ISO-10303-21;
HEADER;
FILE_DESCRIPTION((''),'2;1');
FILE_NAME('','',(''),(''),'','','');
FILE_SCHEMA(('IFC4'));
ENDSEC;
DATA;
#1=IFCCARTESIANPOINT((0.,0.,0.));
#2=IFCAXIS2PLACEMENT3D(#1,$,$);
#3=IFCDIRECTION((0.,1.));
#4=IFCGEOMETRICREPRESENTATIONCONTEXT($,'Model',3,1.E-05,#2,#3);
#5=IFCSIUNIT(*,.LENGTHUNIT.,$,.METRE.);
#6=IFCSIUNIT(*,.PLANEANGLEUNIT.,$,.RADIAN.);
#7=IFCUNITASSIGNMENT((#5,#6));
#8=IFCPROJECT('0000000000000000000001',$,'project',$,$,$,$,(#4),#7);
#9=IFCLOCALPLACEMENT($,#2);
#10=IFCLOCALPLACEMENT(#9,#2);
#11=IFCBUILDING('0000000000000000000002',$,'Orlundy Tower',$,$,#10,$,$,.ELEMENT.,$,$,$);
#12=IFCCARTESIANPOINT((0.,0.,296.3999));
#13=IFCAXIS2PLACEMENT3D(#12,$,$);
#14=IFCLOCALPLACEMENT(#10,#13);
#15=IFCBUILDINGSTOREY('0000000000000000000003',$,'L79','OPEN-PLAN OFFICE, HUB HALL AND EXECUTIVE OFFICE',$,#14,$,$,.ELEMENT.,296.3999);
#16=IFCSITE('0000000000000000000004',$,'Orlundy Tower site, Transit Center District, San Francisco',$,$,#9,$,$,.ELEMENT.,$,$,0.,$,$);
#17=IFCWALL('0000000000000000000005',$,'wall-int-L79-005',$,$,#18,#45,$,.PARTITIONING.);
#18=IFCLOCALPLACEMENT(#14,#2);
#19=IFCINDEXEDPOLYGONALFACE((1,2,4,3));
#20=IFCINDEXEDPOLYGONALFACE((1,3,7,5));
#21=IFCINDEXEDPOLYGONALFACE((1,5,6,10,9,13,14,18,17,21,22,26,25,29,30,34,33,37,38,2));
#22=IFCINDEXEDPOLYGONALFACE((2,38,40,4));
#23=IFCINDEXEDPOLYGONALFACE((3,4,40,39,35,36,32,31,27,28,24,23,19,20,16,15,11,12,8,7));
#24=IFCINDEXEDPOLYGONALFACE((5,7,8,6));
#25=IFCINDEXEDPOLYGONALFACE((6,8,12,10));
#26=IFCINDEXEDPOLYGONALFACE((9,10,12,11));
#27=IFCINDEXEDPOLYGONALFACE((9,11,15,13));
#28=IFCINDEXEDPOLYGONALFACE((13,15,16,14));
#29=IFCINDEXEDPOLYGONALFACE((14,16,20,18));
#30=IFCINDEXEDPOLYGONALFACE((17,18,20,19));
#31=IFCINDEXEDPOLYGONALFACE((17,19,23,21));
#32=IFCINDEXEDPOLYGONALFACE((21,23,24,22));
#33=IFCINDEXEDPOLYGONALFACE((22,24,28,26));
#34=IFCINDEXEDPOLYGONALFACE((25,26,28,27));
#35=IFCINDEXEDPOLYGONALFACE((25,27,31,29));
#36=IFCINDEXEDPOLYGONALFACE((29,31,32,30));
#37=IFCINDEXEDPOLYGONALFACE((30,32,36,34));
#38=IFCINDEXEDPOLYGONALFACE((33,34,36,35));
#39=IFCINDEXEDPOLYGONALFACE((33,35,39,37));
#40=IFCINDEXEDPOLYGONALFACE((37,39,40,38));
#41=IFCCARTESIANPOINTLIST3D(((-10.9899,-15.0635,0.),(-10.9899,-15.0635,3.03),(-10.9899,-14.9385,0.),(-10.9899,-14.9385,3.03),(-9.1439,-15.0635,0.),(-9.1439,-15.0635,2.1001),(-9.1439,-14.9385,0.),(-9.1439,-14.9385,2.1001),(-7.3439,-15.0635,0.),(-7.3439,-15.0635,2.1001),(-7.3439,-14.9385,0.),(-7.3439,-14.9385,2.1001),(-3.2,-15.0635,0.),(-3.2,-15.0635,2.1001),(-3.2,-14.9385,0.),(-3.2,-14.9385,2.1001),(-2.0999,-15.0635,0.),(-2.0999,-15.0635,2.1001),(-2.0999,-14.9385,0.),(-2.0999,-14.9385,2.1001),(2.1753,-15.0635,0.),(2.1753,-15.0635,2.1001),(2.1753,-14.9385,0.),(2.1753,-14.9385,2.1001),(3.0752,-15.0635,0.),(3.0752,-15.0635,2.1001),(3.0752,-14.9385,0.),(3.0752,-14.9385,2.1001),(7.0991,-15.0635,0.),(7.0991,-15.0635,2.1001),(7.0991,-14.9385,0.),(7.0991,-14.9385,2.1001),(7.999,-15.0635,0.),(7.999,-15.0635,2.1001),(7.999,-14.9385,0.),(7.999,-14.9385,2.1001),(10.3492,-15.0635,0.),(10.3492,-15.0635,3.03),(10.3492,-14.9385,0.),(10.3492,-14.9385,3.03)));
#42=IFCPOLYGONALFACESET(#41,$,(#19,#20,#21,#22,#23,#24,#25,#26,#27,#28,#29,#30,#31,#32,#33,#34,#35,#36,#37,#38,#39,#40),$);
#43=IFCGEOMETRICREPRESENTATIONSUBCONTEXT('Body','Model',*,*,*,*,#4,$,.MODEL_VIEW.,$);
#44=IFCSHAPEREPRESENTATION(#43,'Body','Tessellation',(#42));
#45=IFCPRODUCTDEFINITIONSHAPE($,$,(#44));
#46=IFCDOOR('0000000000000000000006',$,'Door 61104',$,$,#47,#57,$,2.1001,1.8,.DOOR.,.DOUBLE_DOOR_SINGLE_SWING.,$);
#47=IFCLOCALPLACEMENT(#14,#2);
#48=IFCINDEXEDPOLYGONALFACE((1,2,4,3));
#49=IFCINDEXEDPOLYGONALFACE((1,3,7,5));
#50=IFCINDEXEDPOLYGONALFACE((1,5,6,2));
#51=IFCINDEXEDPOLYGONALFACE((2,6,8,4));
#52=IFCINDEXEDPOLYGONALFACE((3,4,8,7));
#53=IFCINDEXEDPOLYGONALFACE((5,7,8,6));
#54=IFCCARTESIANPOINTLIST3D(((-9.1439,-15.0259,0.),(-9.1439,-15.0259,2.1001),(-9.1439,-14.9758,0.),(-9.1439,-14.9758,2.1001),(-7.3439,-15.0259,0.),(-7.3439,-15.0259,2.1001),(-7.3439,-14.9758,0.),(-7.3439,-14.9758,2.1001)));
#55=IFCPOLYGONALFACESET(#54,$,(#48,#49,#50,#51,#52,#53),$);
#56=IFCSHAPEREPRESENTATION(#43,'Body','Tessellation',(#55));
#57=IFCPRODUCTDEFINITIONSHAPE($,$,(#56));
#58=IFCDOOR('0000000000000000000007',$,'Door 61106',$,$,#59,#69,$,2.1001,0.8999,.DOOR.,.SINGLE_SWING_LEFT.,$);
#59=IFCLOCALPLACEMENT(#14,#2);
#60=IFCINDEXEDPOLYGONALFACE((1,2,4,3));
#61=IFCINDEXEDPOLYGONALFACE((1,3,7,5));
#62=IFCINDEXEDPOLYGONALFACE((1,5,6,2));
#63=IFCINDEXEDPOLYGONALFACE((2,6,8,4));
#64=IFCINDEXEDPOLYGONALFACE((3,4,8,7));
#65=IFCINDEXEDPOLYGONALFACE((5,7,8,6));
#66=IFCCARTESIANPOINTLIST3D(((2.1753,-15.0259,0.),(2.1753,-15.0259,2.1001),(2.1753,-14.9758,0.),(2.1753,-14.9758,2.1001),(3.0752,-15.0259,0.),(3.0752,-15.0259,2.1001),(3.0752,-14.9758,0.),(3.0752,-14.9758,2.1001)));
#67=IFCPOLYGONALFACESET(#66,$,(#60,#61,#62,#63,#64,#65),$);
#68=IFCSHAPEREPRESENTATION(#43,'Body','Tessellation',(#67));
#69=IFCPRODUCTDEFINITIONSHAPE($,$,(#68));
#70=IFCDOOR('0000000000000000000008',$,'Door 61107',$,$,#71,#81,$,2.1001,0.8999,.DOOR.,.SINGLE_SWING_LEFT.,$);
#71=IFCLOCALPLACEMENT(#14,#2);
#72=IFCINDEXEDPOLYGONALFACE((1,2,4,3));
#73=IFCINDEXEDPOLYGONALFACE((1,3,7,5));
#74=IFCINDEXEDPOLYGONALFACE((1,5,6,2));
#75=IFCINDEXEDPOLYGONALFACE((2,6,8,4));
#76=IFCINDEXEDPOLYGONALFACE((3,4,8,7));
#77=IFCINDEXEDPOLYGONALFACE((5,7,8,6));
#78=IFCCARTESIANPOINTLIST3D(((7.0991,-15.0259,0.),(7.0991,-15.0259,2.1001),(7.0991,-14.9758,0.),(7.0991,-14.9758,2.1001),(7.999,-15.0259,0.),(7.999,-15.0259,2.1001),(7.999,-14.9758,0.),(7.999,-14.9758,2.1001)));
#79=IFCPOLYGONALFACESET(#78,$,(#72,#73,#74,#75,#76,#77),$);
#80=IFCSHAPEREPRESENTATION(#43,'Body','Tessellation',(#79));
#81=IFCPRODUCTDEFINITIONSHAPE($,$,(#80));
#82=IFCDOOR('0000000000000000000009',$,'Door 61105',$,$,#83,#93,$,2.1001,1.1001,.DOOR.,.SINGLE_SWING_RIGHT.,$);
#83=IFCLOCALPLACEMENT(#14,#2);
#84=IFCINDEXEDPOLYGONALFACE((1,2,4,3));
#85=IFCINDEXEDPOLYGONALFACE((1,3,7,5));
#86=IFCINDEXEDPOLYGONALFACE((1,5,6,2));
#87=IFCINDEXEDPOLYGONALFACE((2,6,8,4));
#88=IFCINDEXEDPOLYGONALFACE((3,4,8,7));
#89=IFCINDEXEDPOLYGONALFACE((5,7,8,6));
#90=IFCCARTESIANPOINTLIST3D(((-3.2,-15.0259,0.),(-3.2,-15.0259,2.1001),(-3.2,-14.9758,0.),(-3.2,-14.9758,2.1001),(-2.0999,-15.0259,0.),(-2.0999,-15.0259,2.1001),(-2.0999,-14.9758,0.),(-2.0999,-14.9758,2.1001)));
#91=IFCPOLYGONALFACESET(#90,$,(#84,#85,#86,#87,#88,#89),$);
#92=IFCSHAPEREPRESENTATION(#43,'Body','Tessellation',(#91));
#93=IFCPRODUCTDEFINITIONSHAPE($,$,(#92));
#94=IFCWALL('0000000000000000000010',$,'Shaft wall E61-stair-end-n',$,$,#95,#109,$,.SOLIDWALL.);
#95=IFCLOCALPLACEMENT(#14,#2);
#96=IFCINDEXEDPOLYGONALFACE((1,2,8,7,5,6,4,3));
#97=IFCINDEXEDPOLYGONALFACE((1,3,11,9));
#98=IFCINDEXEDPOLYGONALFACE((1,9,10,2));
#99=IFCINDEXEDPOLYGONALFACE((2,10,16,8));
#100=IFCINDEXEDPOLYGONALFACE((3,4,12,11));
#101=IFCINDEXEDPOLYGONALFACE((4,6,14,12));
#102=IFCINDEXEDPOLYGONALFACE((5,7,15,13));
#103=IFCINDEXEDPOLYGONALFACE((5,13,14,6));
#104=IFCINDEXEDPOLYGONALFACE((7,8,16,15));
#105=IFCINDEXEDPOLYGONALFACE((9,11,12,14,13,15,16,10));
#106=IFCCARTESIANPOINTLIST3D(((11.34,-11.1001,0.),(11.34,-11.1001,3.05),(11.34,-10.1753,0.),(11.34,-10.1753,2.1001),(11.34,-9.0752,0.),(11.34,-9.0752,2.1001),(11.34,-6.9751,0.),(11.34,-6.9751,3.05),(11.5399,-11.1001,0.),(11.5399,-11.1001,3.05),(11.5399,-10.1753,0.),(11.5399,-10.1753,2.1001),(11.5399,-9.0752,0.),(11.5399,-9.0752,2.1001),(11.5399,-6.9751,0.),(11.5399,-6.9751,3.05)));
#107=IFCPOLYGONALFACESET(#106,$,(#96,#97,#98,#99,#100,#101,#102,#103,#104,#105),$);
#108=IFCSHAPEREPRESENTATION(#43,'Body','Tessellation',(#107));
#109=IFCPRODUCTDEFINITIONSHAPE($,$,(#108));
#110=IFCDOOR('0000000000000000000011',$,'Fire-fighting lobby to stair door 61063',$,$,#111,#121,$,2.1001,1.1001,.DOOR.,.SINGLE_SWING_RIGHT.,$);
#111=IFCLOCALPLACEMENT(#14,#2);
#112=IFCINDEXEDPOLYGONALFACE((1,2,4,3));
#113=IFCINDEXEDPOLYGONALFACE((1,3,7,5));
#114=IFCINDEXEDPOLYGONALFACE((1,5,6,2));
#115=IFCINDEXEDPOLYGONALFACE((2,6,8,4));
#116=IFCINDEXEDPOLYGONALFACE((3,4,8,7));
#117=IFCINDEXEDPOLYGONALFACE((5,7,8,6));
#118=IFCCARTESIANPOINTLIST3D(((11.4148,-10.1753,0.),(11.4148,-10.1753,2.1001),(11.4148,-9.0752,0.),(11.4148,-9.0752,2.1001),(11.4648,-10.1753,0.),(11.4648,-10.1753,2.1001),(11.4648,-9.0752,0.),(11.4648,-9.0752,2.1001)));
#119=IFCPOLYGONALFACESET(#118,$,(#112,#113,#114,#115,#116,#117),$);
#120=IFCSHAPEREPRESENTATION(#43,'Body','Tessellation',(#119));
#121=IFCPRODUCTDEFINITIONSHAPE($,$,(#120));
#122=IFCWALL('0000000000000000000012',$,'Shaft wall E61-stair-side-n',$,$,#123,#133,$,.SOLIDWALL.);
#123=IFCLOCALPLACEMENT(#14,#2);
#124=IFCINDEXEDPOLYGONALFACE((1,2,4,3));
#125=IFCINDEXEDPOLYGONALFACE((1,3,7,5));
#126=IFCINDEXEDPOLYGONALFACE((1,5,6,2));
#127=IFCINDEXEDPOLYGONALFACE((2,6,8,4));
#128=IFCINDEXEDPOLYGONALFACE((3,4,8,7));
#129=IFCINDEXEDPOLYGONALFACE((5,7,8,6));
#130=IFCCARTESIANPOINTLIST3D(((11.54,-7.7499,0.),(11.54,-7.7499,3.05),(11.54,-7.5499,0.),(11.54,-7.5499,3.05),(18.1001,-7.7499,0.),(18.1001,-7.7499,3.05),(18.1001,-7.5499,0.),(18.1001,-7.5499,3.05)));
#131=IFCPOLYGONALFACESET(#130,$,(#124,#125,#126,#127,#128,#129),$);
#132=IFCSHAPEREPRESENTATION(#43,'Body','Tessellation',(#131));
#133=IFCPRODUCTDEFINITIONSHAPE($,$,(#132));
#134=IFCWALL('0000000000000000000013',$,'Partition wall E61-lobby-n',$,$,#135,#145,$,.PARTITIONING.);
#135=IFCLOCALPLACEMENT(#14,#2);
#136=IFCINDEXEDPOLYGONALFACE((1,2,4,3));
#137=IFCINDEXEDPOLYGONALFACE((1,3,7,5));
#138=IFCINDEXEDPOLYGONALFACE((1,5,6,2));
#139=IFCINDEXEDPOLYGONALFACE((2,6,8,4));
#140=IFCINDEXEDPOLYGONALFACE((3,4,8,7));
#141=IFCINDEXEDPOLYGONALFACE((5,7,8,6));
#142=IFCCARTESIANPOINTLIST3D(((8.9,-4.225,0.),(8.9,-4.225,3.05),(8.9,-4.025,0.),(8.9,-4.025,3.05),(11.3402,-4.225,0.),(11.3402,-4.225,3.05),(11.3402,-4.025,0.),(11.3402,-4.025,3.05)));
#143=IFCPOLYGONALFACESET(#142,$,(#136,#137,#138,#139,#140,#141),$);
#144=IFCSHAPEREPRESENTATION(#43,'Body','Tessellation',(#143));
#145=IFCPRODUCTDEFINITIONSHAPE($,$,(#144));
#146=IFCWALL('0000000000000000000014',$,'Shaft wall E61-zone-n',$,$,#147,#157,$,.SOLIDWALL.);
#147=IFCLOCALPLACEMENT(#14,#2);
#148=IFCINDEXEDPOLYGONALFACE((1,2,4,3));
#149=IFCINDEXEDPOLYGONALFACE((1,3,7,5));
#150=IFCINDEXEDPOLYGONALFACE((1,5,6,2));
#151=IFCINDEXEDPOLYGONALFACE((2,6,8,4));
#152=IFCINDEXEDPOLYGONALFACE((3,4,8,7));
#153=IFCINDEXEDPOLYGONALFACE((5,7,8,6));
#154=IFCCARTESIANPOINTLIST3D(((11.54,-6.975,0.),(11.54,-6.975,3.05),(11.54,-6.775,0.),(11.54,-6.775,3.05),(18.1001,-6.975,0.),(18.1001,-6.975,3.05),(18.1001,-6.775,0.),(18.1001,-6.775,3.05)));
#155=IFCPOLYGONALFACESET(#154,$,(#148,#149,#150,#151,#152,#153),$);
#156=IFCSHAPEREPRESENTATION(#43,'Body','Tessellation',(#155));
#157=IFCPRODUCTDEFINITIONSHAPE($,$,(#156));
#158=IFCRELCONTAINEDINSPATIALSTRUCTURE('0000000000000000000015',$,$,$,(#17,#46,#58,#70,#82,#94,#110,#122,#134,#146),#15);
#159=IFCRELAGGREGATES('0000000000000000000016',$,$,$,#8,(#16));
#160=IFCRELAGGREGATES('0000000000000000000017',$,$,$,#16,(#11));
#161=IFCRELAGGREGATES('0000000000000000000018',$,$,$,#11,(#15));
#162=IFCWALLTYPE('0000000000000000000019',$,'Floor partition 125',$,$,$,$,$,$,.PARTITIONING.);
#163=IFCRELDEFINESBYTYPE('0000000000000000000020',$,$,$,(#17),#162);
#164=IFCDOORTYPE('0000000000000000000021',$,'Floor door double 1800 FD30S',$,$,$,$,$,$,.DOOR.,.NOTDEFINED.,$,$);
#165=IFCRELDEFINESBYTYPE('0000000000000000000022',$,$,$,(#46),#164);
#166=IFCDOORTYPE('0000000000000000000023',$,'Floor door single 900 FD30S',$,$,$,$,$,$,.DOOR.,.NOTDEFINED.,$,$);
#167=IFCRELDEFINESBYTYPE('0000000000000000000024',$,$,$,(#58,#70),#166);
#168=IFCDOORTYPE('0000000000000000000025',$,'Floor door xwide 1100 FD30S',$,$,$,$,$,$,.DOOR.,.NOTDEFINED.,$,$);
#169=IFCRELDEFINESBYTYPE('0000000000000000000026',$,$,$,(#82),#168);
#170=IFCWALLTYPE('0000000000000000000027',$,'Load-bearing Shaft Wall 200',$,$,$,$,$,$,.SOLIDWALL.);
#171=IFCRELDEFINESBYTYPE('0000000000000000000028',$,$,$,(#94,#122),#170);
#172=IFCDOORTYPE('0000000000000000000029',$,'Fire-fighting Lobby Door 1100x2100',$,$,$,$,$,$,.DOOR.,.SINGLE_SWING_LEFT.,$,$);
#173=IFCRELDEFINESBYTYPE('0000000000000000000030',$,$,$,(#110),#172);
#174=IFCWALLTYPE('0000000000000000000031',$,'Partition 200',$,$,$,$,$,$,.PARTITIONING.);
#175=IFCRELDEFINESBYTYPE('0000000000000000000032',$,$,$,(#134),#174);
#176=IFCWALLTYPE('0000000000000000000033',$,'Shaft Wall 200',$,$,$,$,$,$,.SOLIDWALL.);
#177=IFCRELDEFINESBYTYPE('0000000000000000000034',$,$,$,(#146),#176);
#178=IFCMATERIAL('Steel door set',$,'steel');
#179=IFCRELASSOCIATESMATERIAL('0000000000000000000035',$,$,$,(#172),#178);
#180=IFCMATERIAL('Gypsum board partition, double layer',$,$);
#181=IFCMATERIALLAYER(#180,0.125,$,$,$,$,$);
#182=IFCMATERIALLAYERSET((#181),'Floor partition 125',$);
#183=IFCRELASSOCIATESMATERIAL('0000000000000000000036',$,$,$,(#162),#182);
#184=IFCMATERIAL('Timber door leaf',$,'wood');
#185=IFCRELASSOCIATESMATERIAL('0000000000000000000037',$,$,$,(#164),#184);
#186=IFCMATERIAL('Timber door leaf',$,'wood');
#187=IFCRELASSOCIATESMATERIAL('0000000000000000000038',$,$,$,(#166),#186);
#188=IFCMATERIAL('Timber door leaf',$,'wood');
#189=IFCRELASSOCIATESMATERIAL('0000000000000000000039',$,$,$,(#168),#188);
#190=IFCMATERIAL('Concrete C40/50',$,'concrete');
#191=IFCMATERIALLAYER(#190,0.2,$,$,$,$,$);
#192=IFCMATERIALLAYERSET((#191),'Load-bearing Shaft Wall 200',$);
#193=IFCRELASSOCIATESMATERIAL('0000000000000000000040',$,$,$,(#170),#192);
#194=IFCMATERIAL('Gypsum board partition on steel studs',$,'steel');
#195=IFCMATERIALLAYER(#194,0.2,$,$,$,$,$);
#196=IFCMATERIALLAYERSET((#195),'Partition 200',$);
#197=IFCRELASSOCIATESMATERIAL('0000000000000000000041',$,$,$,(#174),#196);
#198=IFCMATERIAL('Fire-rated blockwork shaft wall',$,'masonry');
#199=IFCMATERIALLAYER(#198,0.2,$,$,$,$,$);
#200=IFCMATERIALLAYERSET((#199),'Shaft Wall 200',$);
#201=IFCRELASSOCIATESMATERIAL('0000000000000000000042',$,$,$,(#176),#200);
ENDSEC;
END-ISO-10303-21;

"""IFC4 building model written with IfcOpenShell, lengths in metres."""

from ifc_helpers import new_model, si_unit, direction, frame, frame_2d, origin, place, context, subcontext, project, spatial, rectangle, extrude, material, layer, layer_set, type_object, element, fill, save


model = new_model("IFC4")

# Units and contexts
model_context = context("Model", 3, precision=1e-05, world=origin(), true_north=direction((0.0, 1.0)))
body_context = subcontext(model_context, "Body", "Model", "MODEL_VIEW")
ifc_project = project(units=[si_unit("LENGTHUNIT", "METRE"), si_unit("PLANEANGLEUNIT", "RADIAN")], contexts=[model_context])

# Site, building, storey
site_placement = place(None, origin())
site = spatial("IfcSite", under=ifc_project, at=site_placement, Name="Orlundy Tower site, Transit Center District, San Francisco", CompositionType="ELEMENT", RefElevation=0.0)
building_placement = place(site_placement, origin())
building = spatial("IfcBuilding", under=site, at=building_placement, Name="Orlundy Tower", CompositionType="ELEMENT")
storey_placement = place(building_placement, frame((0.0, 0.0, 296.3999)))
storey = spatial("IfcBuildingStorey", under=building, at=storey_placement, Name="L79", Description="OPEN-PLAN OFFICE, HUB HALL AND EXECUTIVE OFFICE", CompositionType="ELEMENT", Elevation=296.3999)

# Wall, openings, doors
ifc_material_1 = material(Name="Steel door set", Category="steel")
door_type_1 = type_object("IfcDoorType", Name="Fire-fighting Lobby Door 1100x2100", OperationType="SINGLE_SWING_LEFT", PredefinedType="DOOR", material=ifc_material_1)
ifc_material_2 = material(Name="Gypsum board partition, double layer")
ifc_layer_1 = layer(ifc_material_2, 0.125)
ifc_layer_set_1 = layer_set([ifc_layer_1], Name="Floor partition 125")
wall_type_1 = type_object("IfcWallType", Name="Floor partition 125", PredefinedType="PARTITIONING", material=ifc_layer_set_1)
wall_1_placement = place(storey_placement, frame((10.3491, -15.001, 0.0), z_axis=(0.0, 0.0, 1.0), x_axis=(-1.0, 0.0, 0.0)))
wall_1 = element("IfcWall", 1, at=wall_1_placement, inside=storey, type_object=wall_type_1, Name="wall-int-L79-005", PredefinedType="PARTITIONING", context=body_context, shape_type="SweptSolid", body=[
    extrude(rectangle(XDim=21.3391, YDim=0.125, at=frame_2d((10.6694, 0.0))), origin(), (0.0, 0.0, 1.0), 3.03),
])
opening_1_placement = place(wall_1_placement, frame((17.6931, 0.0, 0.0)))
opening_1 = element("IfcOpeningElement", 2, at=opening_1_placement, cuts=wall_1, PredefinedType="OPENING", context=body_context, shape_type="SweptSolid", body=[
    extrude(rectangle(XDim=1.8, YDim=2.1001, at=frame_2d((0.8999, 1.05))), frame((0.0, 0.0725, 0.0), z_axis=(0.0, -1.0, 0.0), x_axis=(1.0, 0.0, 0.0)), (0.0, 0.0, 1.0), 0.145),
])
opening_2_placement = place(wall_1_placement, frame((12.449, 0.0, 0.0)))
opening_2 = element("IfcOpeningElement", 3, at=opening_2_placement, cuts=wall_1, PredefinedType="OPENING", context=body_context, shape_type="SweptSolid", body=[
    extrude(rectangle(XDim=1.1001, YDim=2.1001, at=frame_2d((0.55, 1.05))), frame((0.0, 0.0725, 0.0), z_axis=(0.0, -1.0, 0.0), x_axis=(1.0, 0.0, 0.0)), (0.0, 0.0, 1.0), 0.145),
])
opening_3_placement = place(wall_1_placement, frame((7.2739, 0.0, 0.0)))
opening_3 = element("IfcOpeningElement", 4, at=opening_3_placement, cuts=wall_1, PredefinedType="OPENING", context=body_context, shape_type="SweptSolid", body=[
    extrude(rectangle(XDim=0.8999, YDim=2.1001, at=frame_2d((0.45, 1.05))), frame((0.0, 0.0725, 0.0), z_axis=(0.0, -1.0, 0.0), x_axis=(1.0, 0.0, 0.0)), (0.0, 0.0, 1.0), 0.145),
])
opening_4_placement = place(wall_1_placement, frame((2.3501, 0.0, 0.0)))
opening_4 = element("IfcOpeningElement", 5, at=opening_4_placement, cuts=wall_1, PredefinedType="OPENING", context=body_context, shape_type="SweptSolid", body=[
    extrude(rectangle(XDim=0.8999, YDim=2.1001, at=frame_2d((0.45, 1.05))), frame((0.0, 0.0725, 0.0), z_axis=(0.0, -1.0, 0.0), x_axis=(1.0, 0.0, 0.0)), (0.0, 0.0, 1.0), 0.145),
])
ifc_material_3 = material(Name="Timber door leaf", Category="wood")
door_type_2 = type_object("IfcDoorType", Name="Floor door double 1800 FD30S", OperationType="NOTDEFINED", PredefinedType="DOOR", material=ifc_material_3)
door_1_placement = place(opening_1_placement, origin())
door_1 = element("IfcDoor", 6, at=door_1_placement, inside=storey, type_object=door_type_2, Name="Door 61104", OperationType="DOUBLE_DOOR_SINGLE_SWING", OverallHeight=2.1001, OverallWidth=1.8, PredefinedType="DOOR", context=body_context, shape_type="SweptSolid", body=[
    extrude(rectangle(XDim=1.8, YDim=2.1001, at=frame_2d((0.8999, 1.05))), frame((0.0, 0.0249, 0.0), z_axis=(0.0, -1.0, 0.0), x_axis=(1.0, 0.0, 0.0)), (0.0, 0.0, 1.0), 0.05),
])
fill(opening_1, door_1)
ifc_material_4 = material(Name="Timber door leaf", Category="wood")
door_type_3 = type_object("IfcDoorType", Name="Floor door single 900 FD30S", OperationType="NOTDEFINED", PredefinedType="DOOR", material=ifc_material_4)
door_2_placement = place(opening_3_placement, origin())
door_2 = element("IfcDoor", 7, at=door_2_placement, inside=storey, type_object=door_type_3, Name="Door 61106", OperationType="SINGLE_SWING_LEFT", OverallHeight=2.1001, OverallWidth=0.8999, PredefinedType="DOOR", context=body_context, shape_type="SweptSolid", body=[
    extrude(rectangle(XDim=0.8999, YDim=2.1001, at=frame_2d((0.45, 1.05))), frame((0.0, 0.0249, 0.0), z_axis=(0.0, -1.0, 0.0), x_axis=(1.0, 0.0, 0.0)), (0.0, 0.0, 1.0), 0.05),
])
fill(opening_3, door_2)
door_3_placement = place(opening_4_placement, origin())
door_3 = element("IfcDoor", 8, at=door_3_placement, inside=storey, type_object=door_type_3, Name="Door 61107", OperationType="SINGLE_SWING_LEFT", OverallHeight=2.1001, OverallWidth=0.8999, PredefinedType="DOOR", context=body_context, shape_type="SweptSolid", body=[
    extrude(rectangle(XDim=0.8999, YDim=2.1001, at=frame_2d((0.45, 1.05))), frame((0.0, 0.0249, 0.0), z_axis=(0.0, -1.0, 0.0), x_axis=(1.0, 0.0, 0.0)), (0.0, 0.0, 1.0), 0.05),
])
fill(opening_4, door_3)
ifc_material_5 = material(Name="Timber door leaf", Category="wood")
door_type_4 = type_object("IfcDoorType", Name="Floor door xwide 1100 FD30S", OperationType="NOTDEFINED", PredefinedType="DOOR", material=ifc_material_5)
door_4_placement = place(opening_2_placement, origin())
door_4 = element("IfcDoor", 9, at=door_4_placement, inside=storey, type_object=door_type_4, Name="Door 61105", OperationType="SINGLE_SWING_RIGHT", OverallHeight=2.1001, OverallWidth=1.1001, PredefinedType="DOOR", context=body_context, shape_type="SweptSolid", body=[
    extrude(rectangle(XDim=1.1001, YDim=2.1001, at=frame_2d((0.55, 1.05))), frame((0.0, 0.0249, 0.0), z_axis=(0.0, -1.0, 0.0), x_axis=(1.0, 0.0, 0.0)), (0.0, 0.0, 1.0), 0.05),
])
fill(opening_2, door_4)

# Wall, opening, door
ifc_material_6 = material(Name="Concrete C40/50", Category="concrete")
ifc_layer_2 = layer(ifc_material_6, 0.2)
ifc_layer_set_2 = layer_set([ifc_layer_2], Name="Load-bearing Shaft Wall 200")
wall_type_2 = type_object("IfcWallType", Name="Load-bearing Shaft Wall 200", PredefinedType="SOLIDWALL", material=ifc_layer_set_2)
wall_2_placement = place(storey_placement, frame((11.4399, -6.9751, 0.0), z_axis=(0.0, 0.0, 1.0), x_axis=(0.0, -1.0, 0.0)))
wall_2 = element("IfcWall", 10, at=wall_2_placement, inside=storey, type_object=wall_type_2, Name="Shaft wall E61-stair-end-n", PredefinedType="SOLIDWALL", context=body_context, shape_type="SweptSolid", body=[
    extrude(rectangle(XDim=4.125, YDim=0.2, at=frame_2d((2.0625, 0.0))), origin(), (0.0, 0.0, 1.0), 3.05),
])
opening_5_placement = place(wall_2_placement, frame((2.1001, 0.0, 0.0)))
opening_5 = element("IfcOpeningElement", 11, at=opening_5_placement, cuts=wall_2, PredefinedType="OPENING", context=body_context, shape_type="SweptSolid", body=[
    extrude(rectangle(XDim=1.1001, YDim=2.1001, at=frame_2d((0.55, 1.05))), frame((0.0, 0.1101, 0.0), z_axis=(0.0, -1.0, 0.0), x_axis=(1.0, 0.0, 0.0)), (0.0, 0.0, 1.0), 0.2202),
])
door_5_placement = place(opening_5_placement, origin())
door_5 = element("IfcDoor", 12, at=door_5_placement, inside=storey, type_object=door_type_1, Name="Fire-fighting lobby to stair door 61063", OperationType="SINGLE_SWING_RIGHT", OverallHeight=2.1001, OverallWidth=1.1001, PredefinedType="DOOR", context=body_context, shape_type="SweptSolid", body=[
    extrude(rectangle(XDim=1.1001, YDim=2.1001, at=frame_2d((0.55, 1.05))), frame((0.0, 0.0249, 0.0), z_axis=(0.0, -1.0, 0.0), x_axis=(1.0, 0.0, 0.0)), (0.0, 0.0, 1.0), 0.05),
])
fill(opening_5, door_5)

# Walls
wall_3_placement = place(storey_placement, frame((11.54, -7.6499, 0.0), z_axis=(0.0, 0.0, 1.0), x_axis=(1.0, 0.0, 0.0)))
element("IfcWall", 13, at=wall_3_placement, inside=storey, type_object=wall_type_2, Name="Shaft wall E61-stair-side-n", PredefinedType="SOLIDWALL", context=body_context, shape_type="SweptSolid", body=[
    extrude(rectangle(XDim=6.5601, YDim=0.2, at=frame_2d((3.28, 0.0))), origin(), (0.0, 0.0, 1.0), 3.05),
])
ifc_material_7 = material(Name="Gypsum board partition on steel studs", Category="steel")
ifc_layer_3 = layer(ifc_material_7, 0.2)
ifc_layer_set_3 = layer_set([ifc_layer_3], Name="Partition 200")
wall_type_3 = type_object("IfcWallType", Name="Partition 200", PredefinedType="PARTITIONING", material=ifc_layer_set_3)
wall_4_placement = place(storey_placement, frame((8.8999, -4.125, 0.0), z_axis=(0.0, 0.0, 1.0), x_axis=(1.0, 0.0, 0.0)))
element("IfcWall", 14, at=wall_4_placement, inside=storey, type_object=wall_type_3, Name="Partition wall E61-lobby-n", PredefinedType="PARTITIONING", context=body_context, shape_type="SweptSolid", body=[
    extrude(rectangle(XDim=2.4402, YDim=0.2, at=frame_2d((1.2202, 0.0))), origin(), (0.0, 0.0, 1.0), 3.05),
])
ifc_material_8 = material(Name="Fire-rated blockwork shaft wall", Category="masonry")
ifc_layer_4 = layer(ifc_material_8, 0.2)
ifc_layer_set_4 = layer_set([ifc_layer_4], Name="Shaft Wall 200")
wall_type_4 = type_object("IfcWallType", Name="Shaft Wall 200", PredefinedType="SOLIDWALL", material=ifc_layer_set_4)
wall_5_placement = place(storey_placement, frame((11.54, -6.875, 0.0), z_axis=(0.0, 0.0, 1.0), x_axis=(1.0, 0.0, 0.0)))
element("IfcWall", 15, at=wall_5_placement, inside=storey, type_object=wall_type_4, Name="Shaft wall E61-zone-n", PredefinedType="SOLIDWALL", context=body_context, shape_type="SweptSolid", body=[
    extrude(rectangle(XDim=6.5601, YDim=0.2, at=frame_2d((3.28, 0.0))), origin(), (0.0, 0.0, 1.0), 3.05),
])

save(model, "model.ifc")
